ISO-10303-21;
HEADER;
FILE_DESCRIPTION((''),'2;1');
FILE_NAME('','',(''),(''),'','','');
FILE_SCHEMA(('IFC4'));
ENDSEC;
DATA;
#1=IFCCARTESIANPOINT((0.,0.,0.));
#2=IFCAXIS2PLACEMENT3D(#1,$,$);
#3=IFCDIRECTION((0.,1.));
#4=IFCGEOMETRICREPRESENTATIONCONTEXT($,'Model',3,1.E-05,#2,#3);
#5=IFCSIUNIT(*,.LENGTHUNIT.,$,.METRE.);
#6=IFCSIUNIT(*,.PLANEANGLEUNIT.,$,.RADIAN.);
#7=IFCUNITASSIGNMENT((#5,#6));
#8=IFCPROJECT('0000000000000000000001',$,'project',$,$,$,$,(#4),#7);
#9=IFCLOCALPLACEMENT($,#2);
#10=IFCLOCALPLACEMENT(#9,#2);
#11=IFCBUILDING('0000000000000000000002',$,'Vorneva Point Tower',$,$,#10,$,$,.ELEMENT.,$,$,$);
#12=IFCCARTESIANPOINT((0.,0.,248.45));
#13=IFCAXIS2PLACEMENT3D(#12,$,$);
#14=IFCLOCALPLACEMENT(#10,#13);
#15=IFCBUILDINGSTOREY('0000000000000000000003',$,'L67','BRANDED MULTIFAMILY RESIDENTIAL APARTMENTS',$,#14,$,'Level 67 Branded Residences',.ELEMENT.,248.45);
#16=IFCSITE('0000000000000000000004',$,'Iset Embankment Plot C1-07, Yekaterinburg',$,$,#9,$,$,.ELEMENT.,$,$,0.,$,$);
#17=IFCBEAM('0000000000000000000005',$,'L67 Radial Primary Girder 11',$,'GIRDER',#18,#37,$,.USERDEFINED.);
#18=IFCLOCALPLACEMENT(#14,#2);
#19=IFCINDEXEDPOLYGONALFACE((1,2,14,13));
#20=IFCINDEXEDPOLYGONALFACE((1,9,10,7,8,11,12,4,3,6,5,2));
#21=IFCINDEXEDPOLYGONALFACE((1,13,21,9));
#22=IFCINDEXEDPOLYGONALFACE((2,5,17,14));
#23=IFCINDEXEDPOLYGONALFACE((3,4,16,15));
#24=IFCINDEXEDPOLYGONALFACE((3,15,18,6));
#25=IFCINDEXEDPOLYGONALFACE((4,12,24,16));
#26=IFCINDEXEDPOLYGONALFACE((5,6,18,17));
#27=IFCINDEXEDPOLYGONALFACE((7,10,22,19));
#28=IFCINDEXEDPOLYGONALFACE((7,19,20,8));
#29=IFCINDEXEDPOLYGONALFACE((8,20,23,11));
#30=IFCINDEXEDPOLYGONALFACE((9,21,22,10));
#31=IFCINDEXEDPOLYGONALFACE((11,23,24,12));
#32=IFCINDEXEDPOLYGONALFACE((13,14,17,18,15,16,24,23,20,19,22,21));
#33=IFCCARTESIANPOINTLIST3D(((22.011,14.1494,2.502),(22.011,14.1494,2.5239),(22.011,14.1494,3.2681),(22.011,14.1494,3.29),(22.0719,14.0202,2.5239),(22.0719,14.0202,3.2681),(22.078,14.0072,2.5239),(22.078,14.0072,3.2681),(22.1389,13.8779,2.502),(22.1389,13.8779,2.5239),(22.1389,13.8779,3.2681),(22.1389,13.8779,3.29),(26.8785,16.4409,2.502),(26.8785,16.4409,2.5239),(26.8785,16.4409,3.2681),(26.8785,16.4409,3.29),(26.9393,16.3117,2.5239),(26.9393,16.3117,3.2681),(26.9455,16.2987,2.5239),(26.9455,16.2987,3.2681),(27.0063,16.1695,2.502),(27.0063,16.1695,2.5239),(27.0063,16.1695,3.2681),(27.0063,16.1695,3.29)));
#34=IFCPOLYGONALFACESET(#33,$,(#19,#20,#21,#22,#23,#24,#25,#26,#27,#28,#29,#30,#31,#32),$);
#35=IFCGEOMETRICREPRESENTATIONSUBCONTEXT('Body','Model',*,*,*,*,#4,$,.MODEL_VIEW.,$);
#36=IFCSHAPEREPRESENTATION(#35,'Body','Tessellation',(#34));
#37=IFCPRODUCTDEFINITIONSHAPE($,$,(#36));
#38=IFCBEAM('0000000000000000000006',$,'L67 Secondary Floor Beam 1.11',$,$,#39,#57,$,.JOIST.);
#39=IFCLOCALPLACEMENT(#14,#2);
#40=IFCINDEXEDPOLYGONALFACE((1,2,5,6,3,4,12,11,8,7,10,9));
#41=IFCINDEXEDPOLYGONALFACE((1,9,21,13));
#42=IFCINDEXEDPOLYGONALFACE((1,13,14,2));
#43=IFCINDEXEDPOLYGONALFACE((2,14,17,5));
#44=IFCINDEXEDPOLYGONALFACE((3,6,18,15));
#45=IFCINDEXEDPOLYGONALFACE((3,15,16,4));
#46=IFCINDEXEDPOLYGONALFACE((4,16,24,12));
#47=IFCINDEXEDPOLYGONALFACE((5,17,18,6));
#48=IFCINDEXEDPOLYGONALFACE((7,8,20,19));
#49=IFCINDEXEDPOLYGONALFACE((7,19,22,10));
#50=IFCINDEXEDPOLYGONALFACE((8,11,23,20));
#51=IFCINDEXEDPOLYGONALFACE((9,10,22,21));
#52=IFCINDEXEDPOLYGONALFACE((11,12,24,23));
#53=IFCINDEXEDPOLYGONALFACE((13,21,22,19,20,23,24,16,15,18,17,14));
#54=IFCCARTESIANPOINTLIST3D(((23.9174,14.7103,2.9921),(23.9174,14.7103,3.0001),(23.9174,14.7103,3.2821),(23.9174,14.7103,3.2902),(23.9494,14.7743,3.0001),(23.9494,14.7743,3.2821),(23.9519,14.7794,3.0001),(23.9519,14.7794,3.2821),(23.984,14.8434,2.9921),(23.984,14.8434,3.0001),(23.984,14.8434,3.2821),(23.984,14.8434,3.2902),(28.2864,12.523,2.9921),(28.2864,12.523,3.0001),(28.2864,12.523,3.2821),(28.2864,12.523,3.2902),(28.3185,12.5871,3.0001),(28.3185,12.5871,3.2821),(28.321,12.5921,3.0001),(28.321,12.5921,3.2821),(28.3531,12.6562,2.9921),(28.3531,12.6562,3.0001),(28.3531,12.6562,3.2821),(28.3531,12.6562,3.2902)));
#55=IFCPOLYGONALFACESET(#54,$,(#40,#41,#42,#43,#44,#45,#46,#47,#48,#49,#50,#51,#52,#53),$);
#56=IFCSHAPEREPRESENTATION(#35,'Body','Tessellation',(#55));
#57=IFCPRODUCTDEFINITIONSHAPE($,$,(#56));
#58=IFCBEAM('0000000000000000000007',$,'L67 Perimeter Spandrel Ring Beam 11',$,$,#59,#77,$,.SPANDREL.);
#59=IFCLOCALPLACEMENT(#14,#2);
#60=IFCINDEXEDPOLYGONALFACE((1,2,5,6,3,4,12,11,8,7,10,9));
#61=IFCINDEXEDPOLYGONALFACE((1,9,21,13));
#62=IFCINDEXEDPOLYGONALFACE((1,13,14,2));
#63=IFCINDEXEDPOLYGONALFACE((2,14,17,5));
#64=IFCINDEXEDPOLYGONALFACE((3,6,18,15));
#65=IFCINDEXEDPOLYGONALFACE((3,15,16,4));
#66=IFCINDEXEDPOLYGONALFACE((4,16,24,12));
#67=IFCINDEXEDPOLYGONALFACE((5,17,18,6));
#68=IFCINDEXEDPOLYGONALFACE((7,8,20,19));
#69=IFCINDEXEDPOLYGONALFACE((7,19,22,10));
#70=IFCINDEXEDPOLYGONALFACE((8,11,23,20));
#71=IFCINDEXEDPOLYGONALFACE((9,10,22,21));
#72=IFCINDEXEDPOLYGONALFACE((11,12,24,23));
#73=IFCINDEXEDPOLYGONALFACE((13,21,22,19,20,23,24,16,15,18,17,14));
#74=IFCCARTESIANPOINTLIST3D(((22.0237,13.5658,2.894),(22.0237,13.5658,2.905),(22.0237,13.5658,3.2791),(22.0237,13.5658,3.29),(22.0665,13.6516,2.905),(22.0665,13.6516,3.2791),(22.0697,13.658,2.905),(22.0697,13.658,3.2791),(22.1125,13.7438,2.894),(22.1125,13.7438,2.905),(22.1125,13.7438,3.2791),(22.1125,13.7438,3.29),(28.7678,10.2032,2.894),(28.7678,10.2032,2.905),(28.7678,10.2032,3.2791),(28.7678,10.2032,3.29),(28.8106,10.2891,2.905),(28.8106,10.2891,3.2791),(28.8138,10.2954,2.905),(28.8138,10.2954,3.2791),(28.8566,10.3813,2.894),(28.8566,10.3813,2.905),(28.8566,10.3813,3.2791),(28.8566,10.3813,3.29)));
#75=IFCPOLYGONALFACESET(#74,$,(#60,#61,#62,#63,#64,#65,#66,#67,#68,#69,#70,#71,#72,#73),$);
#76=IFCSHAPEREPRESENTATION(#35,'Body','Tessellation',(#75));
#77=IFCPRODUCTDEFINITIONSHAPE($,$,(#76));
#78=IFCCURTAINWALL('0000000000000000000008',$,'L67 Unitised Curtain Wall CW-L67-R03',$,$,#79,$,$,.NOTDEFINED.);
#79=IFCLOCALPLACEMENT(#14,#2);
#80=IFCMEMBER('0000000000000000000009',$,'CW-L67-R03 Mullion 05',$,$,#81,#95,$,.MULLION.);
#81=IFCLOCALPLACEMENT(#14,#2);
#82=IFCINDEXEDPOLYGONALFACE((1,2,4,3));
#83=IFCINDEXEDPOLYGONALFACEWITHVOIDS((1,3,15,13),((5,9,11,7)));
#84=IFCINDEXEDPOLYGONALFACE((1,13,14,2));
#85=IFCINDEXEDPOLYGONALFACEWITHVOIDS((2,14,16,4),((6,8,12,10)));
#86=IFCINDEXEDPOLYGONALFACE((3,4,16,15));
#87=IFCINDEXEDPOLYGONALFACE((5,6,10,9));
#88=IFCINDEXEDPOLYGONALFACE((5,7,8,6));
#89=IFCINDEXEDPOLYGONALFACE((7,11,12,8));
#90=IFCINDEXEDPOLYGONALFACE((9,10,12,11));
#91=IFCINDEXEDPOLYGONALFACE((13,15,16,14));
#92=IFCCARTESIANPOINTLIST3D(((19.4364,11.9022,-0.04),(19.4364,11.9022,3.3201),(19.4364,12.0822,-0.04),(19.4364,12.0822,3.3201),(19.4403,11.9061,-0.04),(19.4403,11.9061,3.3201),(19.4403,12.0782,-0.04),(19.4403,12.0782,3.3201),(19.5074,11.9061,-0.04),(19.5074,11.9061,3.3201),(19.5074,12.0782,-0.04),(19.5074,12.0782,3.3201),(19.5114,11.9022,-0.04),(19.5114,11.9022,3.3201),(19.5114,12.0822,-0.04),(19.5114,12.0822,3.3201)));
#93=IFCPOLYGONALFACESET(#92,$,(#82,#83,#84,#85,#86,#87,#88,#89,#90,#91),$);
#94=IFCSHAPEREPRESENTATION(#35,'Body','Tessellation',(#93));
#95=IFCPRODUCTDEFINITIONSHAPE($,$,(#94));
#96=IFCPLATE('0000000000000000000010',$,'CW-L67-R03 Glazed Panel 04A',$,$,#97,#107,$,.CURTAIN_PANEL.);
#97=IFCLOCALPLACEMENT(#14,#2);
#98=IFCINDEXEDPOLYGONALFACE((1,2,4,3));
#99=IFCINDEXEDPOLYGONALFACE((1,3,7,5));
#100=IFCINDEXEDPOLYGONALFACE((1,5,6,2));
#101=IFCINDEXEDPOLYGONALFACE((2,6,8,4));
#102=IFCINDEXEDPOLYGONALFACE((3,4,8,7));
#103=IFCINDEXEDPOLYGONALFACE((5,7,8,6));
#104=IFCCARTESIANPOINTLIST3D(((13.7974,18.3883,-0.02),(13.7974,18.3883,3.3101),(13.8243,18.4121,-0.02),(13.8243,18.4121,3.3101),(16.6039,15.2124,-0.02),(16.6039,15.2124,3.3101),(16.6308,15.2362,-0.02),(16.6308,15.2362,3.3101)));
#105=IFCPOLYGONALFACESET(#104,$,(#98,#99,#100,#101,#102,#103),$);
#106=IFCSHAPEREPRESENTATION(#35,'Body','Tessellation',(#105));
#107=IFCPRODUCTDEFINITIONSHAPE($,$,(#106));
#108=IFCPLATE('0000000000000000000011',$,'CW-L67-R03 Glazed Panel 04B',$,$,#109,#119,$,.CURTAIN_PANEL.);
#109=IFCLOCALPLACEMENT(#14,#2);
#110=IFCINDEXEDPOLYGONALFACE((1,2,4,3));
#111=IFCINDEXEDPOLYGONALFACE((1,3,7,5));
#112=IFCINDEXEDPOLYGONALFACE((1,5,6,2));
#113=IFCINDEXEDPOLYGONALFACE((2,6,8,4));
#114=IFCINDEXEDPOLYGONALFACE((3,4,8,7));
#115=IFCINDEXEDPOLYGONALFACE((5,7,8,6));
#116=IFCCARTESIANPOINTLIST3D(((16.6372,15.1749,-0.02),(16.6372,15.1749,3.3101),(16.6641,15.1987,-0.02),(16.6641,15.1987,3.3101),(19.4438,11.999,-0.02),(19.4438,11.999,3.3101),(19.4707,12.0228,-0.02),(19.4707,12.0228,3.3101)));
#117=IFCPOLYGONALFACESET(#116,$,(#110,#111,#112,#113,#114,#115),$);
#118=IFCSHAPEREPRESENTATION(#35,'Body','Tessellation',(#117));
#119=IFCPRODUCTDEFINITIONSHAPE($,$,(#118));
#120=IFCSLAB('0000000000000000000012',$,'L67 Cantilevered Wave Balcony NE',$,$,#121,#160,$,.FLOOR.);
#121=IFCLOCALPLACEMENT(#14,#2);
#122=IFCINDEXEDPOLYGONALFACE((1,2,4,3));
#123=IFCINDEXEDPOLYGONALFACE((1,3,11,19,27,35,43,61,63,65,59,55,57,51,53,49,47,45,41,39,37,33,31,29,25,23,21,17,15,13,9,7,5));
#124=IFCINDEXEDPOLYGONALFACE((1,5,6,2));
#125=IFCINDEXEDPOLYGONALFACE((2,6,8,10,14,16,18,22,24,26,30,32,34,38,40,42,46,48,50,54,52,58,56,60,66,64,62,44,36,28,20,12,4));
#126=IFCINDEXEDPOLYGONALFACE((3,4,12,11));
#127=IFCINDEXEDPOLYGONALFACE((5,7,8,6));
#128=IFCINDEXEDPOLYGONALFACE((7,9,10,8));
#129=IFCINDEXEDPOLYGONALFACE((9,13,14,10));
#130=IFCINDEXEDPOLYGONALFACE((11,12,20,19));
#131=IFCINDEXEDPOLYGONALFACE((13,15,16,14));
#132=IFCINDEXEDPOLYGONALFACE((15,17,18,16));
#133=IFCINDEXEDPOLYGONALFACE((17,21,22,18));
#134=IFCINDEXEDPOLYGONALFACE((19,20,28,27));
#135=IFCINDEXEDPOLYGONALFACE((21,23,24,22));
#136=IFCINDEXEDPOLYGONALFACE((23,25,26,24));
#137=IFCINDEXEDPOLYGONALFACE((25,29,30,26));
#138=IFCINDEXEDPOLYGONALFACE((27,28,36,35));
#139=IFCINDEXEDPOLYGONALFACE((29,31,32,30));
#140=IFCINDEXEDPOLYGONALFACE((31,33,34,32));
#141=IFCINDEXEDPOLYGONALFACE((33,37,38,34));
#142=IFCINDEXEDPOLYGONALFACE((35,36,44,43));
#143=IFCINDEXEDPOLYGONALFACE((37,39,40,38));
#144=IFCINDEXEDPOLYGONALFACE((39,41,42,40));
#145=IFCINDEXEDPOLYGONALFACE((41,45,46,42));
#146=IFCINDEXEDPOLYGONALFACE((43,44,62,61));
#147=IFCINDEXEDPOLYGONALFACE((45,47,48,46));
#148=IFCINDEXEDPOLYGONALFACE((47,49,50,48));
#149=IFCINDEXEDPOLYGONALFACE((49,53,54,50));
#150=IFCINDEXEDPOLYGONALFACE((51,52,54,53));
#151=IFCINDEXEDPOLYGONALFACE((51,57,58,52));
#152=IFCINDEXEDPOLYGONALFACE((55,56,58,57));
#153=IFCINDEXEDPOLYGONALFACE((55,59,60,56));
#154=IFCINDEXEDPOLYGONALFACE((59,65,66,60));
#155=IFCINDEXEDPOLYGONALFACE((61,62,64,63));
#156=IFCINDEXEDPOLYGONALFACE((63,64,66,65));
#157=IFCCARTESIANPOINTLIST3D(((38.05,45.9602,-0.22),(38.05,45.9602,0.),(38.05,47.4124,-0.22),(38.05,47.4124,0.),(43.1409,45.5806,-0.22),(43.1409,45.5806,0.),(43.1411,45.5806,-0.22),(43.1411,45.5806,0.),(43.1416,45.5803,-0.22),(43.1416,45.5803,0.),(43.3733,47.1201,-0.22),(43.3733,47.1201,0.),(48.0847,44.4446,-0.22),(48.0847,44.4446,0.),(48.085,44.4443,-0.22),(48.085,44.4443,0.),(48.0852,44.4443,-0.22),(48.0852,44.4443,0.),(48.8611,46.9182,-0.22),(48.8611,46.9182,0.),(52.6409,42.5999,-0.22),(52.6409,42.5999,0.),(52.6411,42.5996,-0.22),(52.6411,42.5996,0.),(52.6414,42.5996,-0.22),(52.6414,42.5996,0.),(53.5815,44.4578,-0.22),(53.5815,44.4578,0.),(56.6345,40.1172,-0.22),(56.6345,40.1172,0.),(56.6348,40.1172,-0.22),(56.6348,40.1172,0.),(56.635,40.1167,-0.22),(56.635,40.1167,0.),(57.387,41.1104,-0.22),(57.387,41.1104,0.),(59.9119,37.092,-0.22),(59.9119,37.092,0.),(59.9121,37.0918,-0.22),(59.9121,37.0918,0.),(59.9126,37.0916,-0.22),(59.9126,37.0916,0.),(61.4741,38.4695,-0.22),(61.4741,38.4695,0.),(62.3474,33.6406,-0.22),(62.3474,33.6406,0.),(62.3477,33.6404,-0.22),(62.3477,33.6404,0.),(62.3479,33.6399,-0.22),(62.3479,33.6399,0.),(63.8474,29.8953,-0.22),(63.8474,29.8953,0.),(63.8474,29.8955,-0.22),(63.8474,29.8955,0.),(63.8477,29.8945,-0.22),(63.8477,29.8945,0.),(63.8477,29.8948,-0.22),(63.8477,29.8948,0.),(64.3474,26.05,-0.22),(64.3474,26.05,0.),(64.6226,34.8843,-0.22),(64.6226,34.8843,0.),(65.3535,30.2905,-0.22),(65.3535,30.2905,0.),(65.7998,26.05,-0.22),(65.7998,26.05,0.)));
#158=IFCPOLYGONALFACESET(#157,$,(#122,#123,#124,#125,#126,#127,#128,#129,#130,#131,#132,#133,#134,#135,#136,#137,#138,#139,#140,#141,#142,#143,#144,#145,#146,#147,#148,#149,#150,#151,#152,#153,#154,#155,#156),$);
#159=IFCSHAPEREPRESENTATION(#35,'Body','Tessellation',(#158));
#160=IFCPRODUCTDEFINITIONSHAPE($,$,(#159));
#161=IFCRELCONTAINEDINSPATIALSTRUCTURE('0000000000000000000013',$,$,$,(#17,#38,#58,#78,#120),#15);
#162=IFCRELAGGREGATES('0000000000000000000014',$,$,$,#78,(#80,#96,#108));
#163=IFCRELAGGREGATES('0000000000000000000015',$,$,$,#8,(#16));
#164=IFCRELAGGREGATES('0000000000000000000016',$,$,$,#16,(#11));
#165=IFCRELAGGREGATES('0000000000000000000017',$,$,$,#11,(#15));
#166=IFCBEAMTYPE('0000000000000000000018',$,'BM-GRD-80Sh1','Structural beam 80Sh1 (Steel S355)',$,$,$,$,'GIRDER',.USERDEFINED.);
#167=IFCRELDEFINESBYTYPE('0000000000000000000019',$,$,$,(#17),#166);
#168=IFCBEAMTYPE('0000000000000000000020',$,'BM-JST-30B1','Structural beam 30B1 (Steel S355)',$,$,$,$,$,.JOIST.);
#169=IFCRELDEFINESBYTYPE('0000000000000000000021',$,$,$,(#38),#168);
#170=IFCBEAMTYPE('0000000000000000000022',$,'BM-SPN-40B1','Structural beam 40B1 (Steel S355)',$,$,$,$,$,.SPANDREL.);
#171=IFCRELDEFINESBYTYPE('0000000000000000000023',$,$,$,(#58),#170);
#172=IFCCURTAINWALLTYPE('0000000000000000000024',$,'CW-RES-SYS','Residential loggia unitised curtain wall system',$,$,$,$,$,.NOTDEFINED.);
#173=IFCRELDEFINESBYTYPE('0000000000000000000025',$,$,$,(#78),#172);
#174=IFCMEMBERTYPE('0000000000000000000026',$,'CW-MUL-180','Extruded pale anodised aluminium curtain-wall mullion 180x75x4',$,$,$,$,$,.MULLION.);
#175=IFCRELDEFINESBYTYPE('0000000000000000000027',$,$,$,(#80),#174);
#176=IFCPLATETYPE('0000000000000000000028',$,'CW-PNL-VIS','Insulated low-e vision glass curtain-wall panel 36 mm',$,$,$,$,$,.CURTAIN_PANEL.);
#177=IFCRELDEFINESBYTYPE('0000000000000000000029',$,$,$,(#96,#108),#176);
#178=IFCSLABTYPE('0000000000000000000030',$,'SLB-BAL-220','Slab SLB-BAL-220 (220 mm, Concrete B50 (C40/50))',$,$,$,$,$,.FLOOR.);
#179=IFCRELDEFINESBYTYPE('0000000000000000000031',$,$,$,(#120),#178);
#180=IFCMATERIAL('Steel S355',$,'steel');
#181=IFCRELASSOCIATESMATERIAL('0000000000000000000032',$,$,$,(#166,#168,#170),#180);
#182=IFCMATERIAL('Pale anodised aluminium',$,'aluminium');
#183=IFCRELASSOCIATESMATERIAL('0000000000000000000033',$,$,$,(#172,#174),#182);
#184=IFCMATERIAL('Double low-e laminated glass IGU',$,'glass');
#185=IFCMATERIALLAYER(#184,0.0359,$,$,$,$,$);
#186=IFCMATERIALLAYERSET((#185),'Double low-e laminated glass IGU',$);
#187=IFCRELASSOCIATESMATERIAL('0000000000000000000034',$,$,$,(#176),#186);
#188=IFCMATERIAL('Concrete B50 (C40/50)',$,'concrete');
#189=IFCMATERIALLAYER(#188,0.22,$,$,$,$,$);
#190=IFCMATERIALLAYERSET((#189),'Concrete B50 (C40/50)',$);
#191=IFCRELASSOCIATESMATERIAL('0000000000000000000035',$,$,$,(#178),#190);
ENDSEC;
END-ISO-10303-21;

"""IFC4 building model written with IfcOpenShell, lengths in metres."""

from ifc_helpers import new_model, si_unit, direction, frame, origin, origin_2d, place, context, subcontext, project, spatial, polyline, rectangle, hollow_rectangle, i_section, outline, extrude, material, layer, layer_set, material_profile, profile_set, type_object, element, aggregate, save


model = new_model("IFC4")

# Units and contexts
model_context = context("Model", 3, precision=1e-05, world=origin(), true_north=direction((0.0, 1.0)))
body_context = subcontext(model_context, "Body", "Model", "MODEL_VIEW")
ifc_project = project(units=[si_unit("LENGTHUNIT", "METRE"), si_unit("PLANEANGLEUNIT", "RADIAN")], contexts=[model_context])

# Site, building, storey
site_placement = place(None, origin())
site = spatial("IfcSite", under=ifc_project, at=site_placement, Name="Iset Embankment Plot C1-07, Yekaterinburg", CompositionType="ELEMENT", RefElevation=0.0)
building_placement = place(site_placement, origin())
building = spatial("IfcBuilding", under=site, at=building_placement, Name="Vorneva Point Tower", CompositionType="ELEMENT")
storey_placement = place(building_placement, frame((0.0, 0.0, 248.45)))
storey = spatial("IfcBuildingStorey", under=building, at=storey_placement, Name="L67", Description="BRANDED MULTIFAMILY RESIDENTIAL APARTMENTS", LongName="Level 67 Branded Residences", CompositionType="ELEMENT", Elevation=248.45)

# Shared definitions
ifc_material_1 = material(Name="Concrete B50 (C40/50)", Category="concrete")

# Beams
ifc_material_2 = material(Name="Steel S355", Category="steel")
ifc_material_profile_1 = material_profile(ifc_material_2, i_section(OverallWidth=0.3, OverallDepth=0.7881, WebThickness=0.0144, FlangeThickness=0.022, at=origin_2d()), Name="80Sh1")
ifc_profile_set_1 = profile_set([ifc_material_profile_1], Name="Steel S355")
beam_type_1 = type_object("IfcBeamType", Name="BM-GRD-80Sh1", Description="Structural beam 80Sh1 (Steel S355)", ElementType="GIRDER", PredefinedType="USERDEFINED", material=ifc_profile_set_1)
beam_1_placement = place(storey_placement, frame((22.075, 14.0137, 2.896), z_axis=(0.904751, 0.425941, 0.0), x_axis=(-0.425941, 0.904751, 0.0)))
element("IfcBeam", 1, at=beam_1_placement, inside=storey, type_object=beam_type_1, Name="L67 Radial Primary Girder 11", ObjectType="GIRDER", PredefinedType="USERDEFINED", context=body_context, shape_type="SweptSolid", body=[
    extrude(i_section(OverallWidth=0.3, OverallDepth=0.7881, WebThickness=0.0144, FlangeThickness=0.022, at=origin_2d()), origin(), (0.0, 0.0, 1.0), 5.3799),
])
ifc_material_profile_2 = material_profile(ifc_material_2, i_section(OverallWidth=0.1489, OverallDepth=0.2981, WebThickness=0.0056, FlangeThickness=0.0081, at=origin_2d()), Name="30B1")
ifc_profile_set_2 = profile_set([ifc_material_profile_2], Name="Steel S355")
beam_type_2 = type_object("IfcBeamType", Name="BM-JST-30B1", Description="Structural beam 30B1 (Steel S355)", PredefinedType="JOIST", material=ifc_profile_set_2)
beam_2_placement = place(storey_placement, frame((23.9507, 14.7769, 3.1411), z_axis=(0.894207, -0.447653, 0.0), x_axis=(0.447653, 0.894207, 0.0)))
element("IfcBeam", 2, at=beam_2_placement, inside=storey, type_object=beam_type_2, Name="L67 Secondary Floor Beam 1.11", PredefinedType="JOIST", context=body_context, shape_type="SweptSolid", body=[
    extrude(i_section(OverallWidth=0.1489, OverallDepth=0.2981, WebThickness=0.0056, FlangeThickness=0.0081, at=origin_2d()), origin(), (0.0, 0.0, 1.0), 4.886),
])
ifc_material_profile_3 = material_profile(ifc_material_2, i_section(OverallWidth=0.199, OverallDepth=0.396, WebThickness=0.0071, FlangeThickness=0.011, at=origin_2d()), Name="40B1")
ifc_profile_set_3 = profile_set([ifc_material_profile_3], Name="Steel S355")
beam_type_3 = type_object("IfcBeamType", Name="BM-SPN-40B1", Description="Structural beam 40B1 (Steel S355)", PredefinedType="SPANDREL", material=ifc_profile_set_3)
beam_3_placement = place(storey_placement, frame((22.0681, 13.6548, 3.092), z_axis=(0.894932, -0.446203, 0.0), x_axis=(0.446203, 0.894932, 0.0)))
element("IfcBeam", 3, at=beam_3_placement, inside=storey, type_object=beam_type_3, Name="L67 Perimeter Spandrel Ring Beam 11", PredefinedType="SPANDREL", context=body_context, shape_type="SweptSolid", body=[
    extrude(i_section(OverallWidth=0.199, OverallDepth=0.396, WebThickness=0.0071, FlangeThickness=0.011, at=origin_2d()), origin(), (0.0, 0.0, 1.0), 7.5359),
])

# Curtain wall, member, plates
ifc_material_3 = material(Name="Pale anodised aluminium", Category="aluminium")
curtain_wall_type = type_object("IfcCurtainWallType", Name="CW-RES-SYS", Description="Residential loggia unitised curtain wall system", PredefinedType="NOTDEFINED", material=ifc_material_3)
curtain_wall_placement = place(storey_placement, origin())
curtain_wall = element("IfcCurtainWall", 4, at=curtain_wall_placement, inside=storey, type_object=curtain_wall_type, Name="L67 Unitised Curtain Wall CW-L67-R03", PredefinedType="NOTDEFINED")
ifc_material_profile_4 = material_profile(ifc_material_3, hollow_rectangle(XDim=0.075, YDim=0.1799, WallThickness=0.0039, at=origin_2d()), Name="AL-MUL 180x75x4")
ifc_profile_set_4 = profile_set([ifc_material_profile_4], Name="Pale anodised aluminium")
member_type = type_object("IfcMemberType", Name="CW-MUL-180", Description="Extruded pale anodised aluminium curtain-wall mullion 180x75x4", PredefinedType="MULLION", material=ifc_profile_set_4)
member_placement = place(storey_placement, frame((19.4739, 11.9922, -0.04), z_axis=(0.0, 0.0, 1.0), x_axis=(1.0, 0.0, 0.0)))
member = element("IfcMember", 5, at=member_placement, type_object=member_type, Name="CW-L67-R03 Mullion 05", PredefinedType="MULLION", context=body_context, shape_type="SweptSolid", body=[
    extrude(hollow_rectangle(XDim=0.075, YDim=0.1799, WallThickness=0.0039, at=origin_2d()), origin(), (0.0, 0.0, 1.0), 3.3601),
])
ifc_material_4 = material(Name="Double low-e laminated glass IGU", Category="glass")
ifc_layer_1 = layer(ifc_material_4, 0.0359)
ifc_layer_set_1 = layer_set([ifc_layer_1], Name="Double low-e laminated glass IGU")
plate_type = type_object("IfcPlateType", Name="CW-PNL-VIS", Description="Insulated low-e vision glass curtain-wall panel 36 mm", PredefinedType="CURTAIN_PANEL", material=ifc_layer_set_1)
plate_1_placement = place(storey_placement, frame((15.2141, 16.8123, -0.02), z_axis=(0.0, 0.0, 1.0), x_axis=(0.662189, -0.749337, 0.0)))
plate_1 = element("IfcPlate", 6, at=plate_1_placement, type_object=plate_type, Name="CW-L67-R03 Glazed Panel 04A", PredefinedType="CURTAIN_PANEL", context=body_context, shape_type="SweptSolid", body=[
    extrude(rectangle(XDim=4.2383, YDim=0.0359, at=origin_2d()), origin(), (0.0, 0.0, 1.0), 3.3301),
])
plate_2_placement = place(storey_placement, frame((18.054, 13.5989, -0.02), z_axis=(0.0, 0.0, 1.0), x_axis=(0.662189, -0.749337, 0.0)))
plate_2 = element("IfcPlate", 7, at=plate_2_placement, type_object=plate_type, Name="CW-L67-R03 Glazed Panel 04B", PredefinedType="CURTAIN_PANEL", context=body_context, shape_type="SweptSolid", body=[
    extrude(rectangle(XDim=4.2383, YDim=0.0359, at=origin_2d()), origin(), (0.0, 0.0, 1.0), 3.3301),
])
aggregate(curtain_wall, [member, plate_1, plate_2])

# Slab
ifc_layer_2 = layer(ifc_material_1, 0.22)
ifc_layer_set_2 = layer_set([ifc_layer_2], Name="Concrete B50 (C40/50)")
slab_type_1 = type_object("IfcSlabType", Name="SLB-BAL-220", Description="Slab SLB-BAL-220 (220 mm, Concrete B50 (C40/50))", PredefinedType="FLOOR", material=ifc_layer_set_2)
slab_1_placement = place(storey_placement, frame((0.0, 0.0, -0.22)))
element("IfcSlab", 8, at=slab_1_placement, inside=storey, type_object=slab_type_1, Name="L67 Cantilevered Wave Balcony NE", PredefinedType="FLOOR", context=body_context, shape_type="SweptSolid", body=[
    extrude(outline(polyline([(38.05, 47.4124), (38.05, 45.9602), (43.1409, 45.5806), (43.1411, 45.5806), (43.1416, 45.5803), (48.0847, 44.4446), (48.085, 44.4443), (48.0852, 44.4443), (52.6409, 42.5999), (52.6411, 42.5996), (52.6414, 42.5996), (56.6345, 40.1172), (56.6348, 40.1172), (56.635, 40.1167), (59.9119, 37.092), (59.9121, 37.0918), (59.9126, 37.0916), (62.3474, 33.6406), (62.3477, 33.6404), (62.3479, 33.6399), (63.8474, 29.8955), (63.8474, 29.8953), (63.8477, 29.8948), (63.8477, 29.8945), (64.3474, 26.05), (65.7998, 26.05), (65.3535, 30.2905), (64.6226, 34.8843), (61.4741, 38.4695), (57.387, 41.1104), (53.5815, 44.4578), (48.8611, 46.9182), (43.3733, 47.1201), (38.05, 47.4124)])), origin(), (0.0, 0.0, 1.0), 0.22),
])

save(model, "model.ifc")
